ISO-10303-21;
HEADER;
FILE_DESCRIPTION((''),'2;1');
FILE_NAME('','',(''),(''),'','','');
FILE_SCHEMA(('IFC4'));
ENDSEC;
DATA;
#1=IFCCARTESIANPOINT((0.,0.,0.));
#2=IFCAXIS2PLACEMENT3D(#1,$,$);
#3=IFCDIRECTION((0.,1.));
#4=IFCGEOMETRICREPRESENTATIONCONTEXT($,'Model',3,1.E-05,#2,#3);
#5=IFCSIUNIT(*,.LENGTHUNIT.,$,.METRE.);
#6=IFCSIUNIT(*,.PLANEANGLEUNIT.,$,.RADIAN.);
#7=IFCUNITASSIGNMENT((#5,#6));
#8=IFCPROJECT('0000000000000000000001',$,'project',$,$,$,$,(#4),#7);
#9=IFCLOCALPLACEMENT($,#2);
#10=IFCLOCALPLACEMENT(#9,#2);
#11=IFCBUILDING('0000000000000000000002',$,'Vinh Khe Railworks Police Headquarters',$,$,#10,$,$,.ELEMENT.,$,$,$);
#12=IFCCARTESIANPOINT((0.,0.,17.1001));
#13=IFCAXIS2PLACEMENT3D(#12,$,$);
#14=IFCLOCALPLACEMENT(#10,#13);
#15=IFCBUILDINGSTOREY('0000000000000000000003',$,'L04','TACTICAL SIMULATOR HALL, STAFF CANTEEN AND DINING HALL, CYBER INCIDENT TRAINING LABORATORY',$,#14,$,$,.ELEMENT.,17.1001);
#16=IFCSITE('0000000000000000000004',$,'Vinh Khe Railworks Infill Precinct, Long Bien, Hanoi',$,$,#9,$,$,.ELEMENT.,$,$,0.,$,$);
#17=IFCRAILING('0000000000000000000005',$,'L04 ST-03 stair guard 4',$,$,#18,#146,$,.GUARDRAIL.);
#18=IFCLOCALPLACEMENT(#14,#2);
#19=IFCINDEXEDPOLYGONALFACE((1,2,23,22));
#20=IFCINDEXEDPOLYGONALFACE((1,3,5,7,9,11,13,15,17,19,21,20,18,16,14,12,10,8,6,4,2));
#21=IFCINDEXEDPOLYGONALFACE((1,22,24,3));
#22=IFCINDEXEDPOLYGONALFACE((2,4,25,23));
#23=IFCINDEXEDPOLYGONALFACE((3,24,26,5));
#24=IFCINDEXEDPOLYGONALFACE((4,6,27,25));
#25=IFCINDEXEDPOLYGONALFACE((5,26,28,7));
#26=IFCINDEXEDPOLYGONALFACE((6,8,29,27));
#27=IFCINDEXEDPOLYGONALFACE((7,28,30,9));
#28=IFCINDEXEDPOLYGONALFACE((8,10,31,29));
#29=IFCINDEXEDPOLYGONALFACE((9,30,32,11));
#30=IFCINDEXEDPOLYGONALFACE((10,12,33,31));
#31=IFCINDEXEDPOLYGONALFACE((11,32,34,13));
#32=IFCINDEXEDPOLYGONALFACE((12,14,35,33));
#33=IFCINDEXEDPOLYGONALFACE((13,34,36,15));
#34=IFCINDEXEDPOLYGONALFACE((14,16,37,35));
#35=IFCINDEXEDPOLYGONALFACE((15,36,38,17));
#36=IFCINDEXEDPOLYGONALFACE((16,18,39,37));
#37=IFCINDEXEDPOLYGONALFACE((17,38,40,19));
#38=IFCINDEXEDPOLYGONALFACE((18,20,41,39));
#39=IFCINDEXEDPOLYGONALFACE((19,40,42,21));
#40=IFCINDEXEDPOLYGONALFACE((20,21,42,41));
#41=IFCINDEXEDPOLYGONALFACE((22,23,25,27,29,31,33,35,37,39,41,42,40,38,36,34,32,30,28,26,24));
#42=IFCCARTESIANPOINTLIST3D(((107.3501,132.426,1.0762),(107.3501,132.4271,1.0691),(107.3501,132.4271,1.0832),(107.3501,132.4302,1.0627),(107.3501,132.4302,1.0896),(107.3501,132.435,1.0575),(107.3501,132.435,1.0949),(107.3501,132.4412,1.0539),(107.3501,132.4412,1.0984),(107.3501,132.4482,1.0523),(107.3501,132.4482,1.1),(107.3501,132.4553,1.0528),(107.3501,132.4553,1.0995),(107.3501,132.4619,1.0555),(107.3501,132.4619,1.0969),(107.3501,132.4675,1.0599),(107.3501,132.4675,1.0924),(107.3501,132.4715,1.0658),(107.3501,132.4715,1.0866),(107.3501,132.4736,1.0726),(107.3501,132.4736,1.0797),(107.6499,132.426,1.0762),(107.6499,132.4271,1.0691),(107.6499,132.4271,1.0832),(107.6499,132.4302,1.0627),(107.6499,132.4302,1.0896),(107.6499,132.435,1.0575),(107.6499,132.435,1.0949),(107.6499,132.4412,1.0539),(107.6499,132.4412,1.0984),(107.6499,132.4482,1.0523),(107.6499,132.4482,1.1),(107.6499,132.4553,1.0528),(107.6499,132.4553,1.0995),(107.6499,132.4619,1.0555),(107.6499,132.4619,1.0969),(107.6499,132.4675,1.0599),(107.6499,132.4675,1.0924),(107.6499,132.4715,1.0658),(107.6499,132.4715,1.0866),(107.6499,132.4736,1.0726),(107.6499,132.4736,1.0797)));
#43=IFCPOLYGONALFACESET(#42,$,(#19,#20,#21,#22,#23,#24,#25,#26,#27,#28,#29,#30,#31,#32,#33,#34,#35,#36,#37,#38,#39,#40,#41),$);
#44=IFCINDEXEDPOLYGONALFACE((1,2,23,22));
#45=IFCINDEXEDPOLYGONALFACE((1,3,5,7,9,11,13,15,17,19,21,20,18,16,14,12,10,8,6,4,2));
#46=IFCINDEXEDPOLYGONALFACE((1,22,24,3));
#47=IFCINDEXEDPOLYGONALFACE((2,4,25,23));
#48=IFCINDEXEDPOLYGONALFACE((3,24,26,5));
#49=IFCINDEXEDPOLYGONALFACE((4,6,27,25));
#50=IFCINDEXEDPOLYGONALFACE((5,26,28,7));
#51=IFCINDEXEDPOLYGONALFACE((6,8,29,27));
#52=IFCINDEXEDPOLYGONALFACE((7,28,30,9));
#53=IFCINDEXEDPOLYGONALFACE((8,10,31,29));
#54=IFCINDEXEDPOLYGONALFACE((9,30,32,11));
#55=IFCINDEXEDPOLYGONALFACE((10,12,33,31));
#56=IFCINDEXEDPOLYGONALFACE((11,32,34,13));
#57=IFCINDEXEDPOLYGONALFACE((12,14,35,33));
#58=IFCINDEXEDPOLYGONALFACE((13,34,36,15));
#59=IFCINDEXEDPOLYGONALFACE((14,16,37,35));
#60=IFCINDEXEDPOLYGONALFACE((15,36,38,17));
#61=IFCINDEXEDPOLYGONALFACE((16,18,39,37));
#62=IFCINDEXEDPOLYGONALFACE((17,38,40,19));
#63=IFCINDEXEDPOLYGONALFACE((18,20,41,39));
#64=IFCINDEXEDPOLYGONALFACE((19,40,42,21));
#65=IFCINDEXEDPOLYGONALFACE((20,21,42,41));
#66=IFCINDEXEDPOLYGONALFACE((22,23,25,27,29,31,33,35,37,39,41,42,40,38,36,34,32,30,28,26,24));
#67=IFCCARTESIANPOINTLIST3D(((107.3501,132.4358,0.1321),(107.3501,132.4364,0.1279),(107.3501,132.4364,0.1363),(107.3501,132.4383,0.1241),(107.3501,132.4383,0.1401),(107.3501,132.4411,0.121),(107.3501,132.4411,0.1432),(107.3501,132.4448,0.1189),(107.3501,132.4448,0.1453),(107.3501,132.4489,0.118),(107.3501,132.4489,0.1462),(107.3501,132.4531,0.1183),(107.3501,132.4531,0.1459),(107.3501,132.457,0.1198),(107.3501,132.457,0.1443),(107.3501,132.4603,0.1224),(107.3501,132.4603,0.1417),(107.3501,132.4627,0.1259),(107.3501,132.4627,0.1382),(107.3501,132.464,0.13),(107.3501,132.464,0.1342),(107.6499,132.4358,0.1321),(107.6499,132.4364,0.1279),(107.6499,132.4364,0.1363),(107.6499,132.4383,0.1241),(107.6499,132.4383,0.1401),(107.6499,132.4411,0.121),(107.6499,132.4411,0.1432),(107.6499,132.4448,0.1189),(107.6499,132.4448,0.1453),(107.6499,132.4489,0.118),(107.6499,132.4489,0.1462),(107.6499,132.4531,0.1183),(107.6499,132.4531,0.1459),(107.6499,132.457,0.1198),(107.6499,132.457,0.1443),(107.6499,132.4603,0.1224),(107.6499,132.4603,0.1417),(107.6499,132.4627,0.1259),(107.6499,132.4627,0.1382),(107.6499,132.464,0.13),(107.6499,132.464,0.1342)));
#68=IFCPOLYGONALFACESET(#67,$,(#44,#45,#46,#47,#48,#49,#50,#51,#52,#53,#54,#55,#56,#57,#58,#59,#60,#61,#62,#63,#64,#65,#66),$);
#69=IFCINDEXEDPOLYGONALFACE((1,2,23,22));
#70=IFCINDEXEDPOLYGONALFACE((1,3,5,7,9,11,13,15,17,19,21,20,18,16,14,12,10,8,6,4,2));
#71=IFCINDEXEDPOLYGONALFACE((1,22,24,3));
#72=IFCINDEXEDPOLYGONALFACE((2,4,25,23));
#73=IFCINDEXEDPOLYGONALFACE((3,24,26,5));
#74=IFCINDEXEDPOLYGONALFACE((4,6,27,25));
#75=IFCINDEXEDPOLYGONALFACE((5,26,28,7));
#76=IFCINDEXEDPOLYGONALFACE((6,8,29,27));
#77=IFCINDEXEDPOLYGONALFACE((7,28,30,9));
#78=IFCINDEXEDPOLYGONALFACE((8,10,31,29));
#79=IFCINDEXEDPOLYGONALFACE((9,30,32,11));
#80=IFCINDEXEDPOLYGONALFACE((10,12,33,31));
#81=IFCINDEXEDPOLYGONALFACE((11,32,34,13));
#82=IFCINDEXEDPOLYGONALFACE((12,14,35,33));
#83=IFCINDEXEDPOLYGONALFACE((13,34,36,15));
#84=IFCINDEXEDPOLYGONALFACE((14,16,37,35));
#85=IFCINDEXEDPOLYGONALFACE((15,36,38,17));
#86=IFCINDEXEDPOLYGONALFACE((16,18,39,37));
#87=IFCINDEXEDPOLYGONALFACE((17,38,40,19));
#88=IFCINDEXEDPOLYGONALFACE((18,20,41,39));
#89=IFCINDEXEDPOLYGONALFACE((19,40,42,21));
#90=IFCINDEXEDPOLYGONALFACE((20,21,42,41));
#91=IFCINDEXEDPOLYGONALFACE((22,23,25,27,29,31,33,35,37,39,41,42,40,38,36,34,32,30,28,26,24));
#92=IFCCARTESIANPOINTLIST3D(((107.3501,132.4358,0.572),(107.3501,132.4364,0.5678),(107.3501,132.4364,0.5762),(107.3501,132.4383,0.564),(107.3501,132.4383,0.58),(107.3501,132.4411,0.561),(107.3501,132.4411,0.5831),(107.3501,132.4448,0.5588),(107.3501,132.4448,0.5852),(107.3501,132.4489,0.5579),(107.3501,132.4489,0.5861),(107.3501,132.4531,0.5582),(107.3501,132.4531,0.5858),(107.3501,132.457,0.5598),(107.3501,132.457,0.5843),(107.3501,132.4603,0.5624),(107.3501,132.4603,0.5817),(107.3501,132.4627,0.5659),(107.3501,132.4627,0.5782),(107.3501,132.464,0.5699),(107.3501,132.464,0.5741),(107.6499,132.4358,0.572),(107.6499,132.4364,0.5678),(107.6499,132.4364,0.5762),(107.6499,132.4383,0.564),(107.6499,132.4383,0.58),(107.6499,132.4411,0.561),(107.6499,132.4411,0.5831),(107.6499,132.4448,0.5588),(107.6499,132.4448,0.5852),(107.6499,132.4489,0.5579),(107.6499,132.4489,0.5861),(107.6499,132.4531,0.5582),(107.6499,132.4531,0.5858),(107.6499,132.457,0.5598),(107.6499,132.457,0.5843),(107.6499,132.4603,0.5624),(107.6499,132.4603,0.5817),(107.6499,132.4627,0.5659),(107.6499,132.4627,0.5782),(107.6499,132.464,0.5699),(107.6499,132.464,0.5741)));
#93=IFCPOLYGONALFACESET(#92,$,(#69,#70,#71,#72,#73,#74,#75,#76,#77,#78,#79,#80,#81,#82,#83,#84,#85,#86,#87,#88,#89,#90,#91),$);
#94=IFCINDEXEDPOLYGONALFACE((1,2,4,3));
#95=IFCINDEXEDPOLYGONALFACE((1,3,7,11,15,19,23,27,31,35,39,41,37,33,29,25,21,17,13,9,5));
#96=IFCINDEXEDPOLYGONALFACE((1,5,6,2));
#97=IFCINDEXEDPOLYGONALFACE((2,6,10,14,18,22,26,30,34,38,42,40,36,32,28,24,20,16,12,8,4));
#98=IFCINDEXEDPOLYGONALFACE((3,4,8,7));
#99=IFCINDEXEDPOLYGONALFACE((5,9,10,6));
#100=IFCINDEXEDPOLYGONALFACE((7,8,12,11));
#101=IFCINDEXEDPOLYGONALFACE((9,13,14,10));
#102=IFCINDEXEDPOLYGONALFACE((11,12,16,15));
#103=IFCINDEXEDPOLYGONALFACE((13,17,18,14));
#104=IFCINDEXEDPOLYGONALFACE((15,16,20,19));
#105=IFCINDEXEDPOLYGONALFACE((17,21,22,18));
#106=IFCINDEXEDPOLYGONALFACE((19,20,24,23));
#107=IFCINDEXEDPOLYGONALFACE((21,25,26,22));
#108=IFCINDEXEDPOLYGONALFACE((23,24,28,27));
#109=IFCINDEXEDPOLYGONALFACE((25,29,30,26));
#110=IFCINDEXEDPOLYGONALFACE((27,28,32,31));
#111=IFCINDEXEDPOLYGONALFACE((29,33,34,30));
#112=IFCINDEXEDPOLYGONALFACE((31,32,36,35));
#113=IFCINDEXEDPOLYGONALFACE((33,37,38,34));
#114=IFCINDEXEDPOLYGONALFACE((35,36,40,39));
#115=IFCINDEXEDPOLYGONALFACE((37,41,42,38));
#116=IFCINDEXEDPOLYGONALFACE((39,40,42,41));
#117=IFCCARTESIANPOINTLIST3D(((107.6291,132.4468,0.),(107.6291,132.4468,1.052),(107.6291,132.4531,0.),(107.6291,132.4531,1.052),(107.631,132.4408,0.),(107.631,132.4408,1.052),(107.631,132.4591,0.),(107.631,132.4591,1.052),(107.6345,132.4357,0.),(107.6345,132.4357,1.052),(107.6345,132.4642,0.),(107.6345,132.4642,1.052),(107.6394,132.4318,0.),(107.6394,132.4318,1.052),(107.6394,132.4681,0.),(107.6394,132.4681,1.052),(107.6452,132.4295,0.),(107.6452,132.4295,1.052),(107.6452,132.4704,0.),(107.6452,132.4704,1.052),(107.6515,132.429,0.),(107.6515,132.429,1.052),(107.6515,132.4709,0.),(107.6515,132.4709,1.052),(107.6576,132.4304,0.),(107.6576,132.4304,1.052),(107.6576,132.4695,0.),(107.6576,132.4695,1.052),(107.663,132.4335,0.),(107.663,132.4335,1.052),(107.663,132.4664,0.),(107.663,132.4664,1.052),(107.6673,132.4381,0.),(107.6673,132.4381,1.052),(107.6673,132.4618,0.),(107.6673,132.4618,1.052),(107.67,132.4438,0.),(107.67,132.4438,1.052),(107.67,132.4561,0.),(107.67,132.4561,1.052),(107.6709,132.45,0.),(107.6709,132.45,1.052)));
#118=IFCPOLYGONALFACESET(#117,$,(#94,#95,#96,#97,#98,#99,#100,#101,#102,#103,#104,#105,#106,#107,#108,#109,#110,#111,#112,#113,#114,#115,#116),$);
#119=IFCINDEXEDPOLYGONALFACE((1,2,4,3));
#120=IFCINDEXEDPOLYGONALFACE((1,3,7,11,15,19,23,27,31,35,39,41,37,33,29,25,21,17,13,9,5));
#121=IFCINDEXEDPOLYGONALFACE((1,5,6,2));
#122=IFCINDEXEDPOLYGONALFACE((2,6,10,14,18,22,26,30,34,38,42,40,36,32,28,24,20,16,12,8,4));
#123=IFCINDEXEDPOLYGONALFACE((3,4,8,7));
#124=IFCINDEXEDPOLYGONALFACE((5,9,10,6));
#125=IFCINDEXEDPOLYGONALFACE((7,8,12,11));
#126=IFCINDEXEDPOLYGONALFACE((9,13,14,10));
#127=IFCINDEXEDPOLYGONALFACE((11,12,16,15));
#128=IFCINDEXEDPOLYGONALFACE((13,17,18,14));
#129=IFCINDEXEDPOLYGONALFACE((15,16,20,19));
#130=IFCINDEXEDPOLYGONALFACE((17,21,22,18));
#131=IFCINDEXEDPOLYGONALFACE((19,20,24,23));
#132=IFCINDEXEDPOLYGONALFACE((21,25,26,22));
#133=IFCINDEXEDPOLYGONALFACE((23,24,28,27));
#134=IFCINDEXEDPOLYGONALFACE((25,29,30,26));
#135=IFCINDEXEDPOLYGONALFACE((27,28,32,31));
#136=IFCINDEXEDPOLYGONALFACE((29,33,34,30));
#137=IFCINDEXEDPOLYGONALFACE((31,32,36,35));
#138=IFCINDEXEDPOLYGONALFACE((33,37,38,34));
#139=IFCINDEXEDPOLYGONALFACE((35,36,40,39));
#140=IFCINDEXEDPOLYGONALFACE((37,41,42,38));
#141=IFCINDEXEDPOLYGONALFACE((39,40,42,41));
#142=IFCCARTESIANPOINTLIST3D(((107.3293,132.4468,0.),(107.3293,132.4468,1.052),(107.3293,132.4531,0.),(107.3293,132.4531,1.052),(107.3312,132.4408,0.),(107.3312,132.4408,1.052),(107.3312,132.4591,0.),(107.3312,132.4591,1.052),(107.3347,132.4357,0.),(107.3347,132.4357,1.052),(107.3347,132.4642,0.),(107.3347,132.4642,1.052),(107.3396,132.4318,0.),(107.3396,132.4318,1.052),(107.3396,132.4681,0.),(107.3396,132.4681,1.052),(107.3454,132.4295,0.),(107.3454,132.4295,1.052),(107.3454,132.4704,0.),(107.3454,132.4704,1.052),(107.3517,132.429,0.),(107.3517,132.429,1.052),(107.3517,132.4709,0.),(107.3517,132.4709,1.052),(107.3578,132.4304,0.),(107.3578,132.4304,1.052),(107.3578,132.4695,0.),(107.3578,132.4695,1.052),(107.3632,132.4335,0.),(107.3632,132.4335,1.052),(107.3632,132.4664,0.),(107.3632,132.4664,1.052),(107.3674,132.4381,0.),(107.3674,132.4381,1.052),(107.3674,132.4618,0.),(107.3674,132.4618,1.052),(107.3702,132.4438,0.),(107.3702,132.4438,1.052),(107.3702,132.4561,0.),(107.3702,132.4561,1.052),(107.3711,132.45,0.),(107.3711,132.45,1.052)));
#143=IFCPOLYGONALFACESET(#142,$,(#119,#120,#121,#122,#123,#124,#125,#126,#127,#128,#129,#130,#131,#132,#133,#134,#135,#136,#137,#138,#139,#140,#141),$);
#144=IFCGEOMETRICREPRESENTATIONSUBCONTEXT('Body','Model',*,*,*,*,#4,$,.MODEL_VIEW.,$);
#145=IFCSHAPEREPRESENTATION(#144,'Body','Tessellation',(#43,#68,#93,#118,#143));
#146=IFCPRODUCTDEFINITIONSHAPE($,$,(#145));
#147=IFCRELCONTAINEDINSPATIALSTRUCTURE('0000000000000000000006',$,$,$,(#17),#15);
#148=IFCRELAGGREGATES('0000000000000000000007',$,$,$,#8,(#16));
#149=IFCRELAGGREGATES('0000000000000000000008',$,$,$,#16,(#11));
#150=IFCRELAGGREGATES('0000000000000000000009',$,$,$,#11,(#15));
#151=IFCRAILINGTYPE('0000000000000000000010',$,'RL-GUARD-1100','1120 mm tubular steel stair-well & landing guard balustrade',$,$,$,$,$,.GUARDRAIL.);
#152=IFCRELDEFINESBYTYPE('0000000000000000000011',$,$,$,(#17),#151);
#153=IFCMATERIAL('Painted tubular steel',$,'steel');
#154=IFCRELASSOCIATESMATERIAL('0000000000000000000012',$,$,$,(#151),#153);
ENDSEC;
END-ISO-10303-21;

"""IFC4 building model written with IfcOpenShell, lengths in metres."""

from ifc_helpers import new_model, si_unit, direction, frame, origin, origin_2d, place, context, subcontext, project, spatial, circle, extrude, material, type_object, element, save


model = new_model("IFC4")

# Units and contexts
model_context = context("Model", 3, precision=1e-05, world=origin(), true_north=direction((0.0, 1.0)))
body_context = subcontext(model_context, "Body", "Model", "MODEL_VIEW")
ifc_project = project(units=[si_unit("LENGTHUNIT", "METRE"), si_unit("PLANEANGLEUNIT", "RADIAN")], contexts=[model_context])

# Site, building, storey
site_placement = place(None, origin())
site = spatial("IfcSite", under=ifc_project, at=site_placement, Name="Vinh Khe Railworks Infill Precinct, Long Bien, Hanoi", CompositionType="ELEMENT", RefElevation=0.0)
building_placement = place(site_placement, origin())
building = spatial("IfcBuilding", under=site, at=building_placement, Name="Vinh Khe Railworks Police Headquarters", CompositionType="ELEMENT")
storey_placement = place(building_placement, frame((0.0, 0.0, 17.1001)))
storey = spatial("IfcBuildingStorey", under=building, at=storey_placement, Name="L04", Description="TACTICAL SIMULATOR HALL, STAFF CANTEEN AND DINING HALL, CYBER INCIDENT TRAINING LABORATORY", CompositionType="ELEMENT", Elevation=17.1001)

# Railing
ifc_material_1 = material(Name="Painted tubular steel", Category="steel")
railing_type_1 = type_object("IfcRailingType", Name="RL-GUARD-1100", Description="1120 mm tubular steel stair-well & landing guard balustrade", PredefinedType="GUARDRAIL", material=ifc_material_1)
railing_1_placement = place(storey_placement, frame((107.6499, 132.45, 0.0)))
element("IfcRailing", 1, at=railing_1_placement, inside=storey, type_object=railing_type_1, Name="L04 ST-03 stair guard 4", PredefinedType="GUARDRAIL", context=body_context, shape_type="SweptSolid", body=[
    extrude(circle(Radius=0.0239, at=origin_2d()), frame((0.0, 0.0, 1.0762), z_axis=(-1.0, 0.0, 0.0), x_axis=(0.0, -1.0, 0.0)), (0.0, 0.0, 1.0), 0.2998),
    extrude(circle(Radius=0.0142, at=origin_2d()), frame((0.0, 0.0, 0.1321), z_axis=(-1.0, 0.0, 0.0), x_axis=(0.0, -1.0, 0.0)), (0.0, 0.0, 1.0), 0.2998),
    extrude(circle(Radius=0.0142, at=origin_2d()), frame((0.0, 0.0, 0.572), z_axis=(-1.0, 0.0, 0.0), x_axis=(0.0, -1.0, 0.0)), (0.0, 0.0, 1.0), 0.2998),
    extrude(circle(Radius=0.021, at=origin_2d()), origin(), (0.0, 0.0, 1.0), 1.052),
    extrude(circle(Radius=0.021, at=origin_2d()), frame((-0.2998, 0.0, 0.0)), (0.0, 0.0, 1.0), 1.052),
])

save(model, "model.ifc")
